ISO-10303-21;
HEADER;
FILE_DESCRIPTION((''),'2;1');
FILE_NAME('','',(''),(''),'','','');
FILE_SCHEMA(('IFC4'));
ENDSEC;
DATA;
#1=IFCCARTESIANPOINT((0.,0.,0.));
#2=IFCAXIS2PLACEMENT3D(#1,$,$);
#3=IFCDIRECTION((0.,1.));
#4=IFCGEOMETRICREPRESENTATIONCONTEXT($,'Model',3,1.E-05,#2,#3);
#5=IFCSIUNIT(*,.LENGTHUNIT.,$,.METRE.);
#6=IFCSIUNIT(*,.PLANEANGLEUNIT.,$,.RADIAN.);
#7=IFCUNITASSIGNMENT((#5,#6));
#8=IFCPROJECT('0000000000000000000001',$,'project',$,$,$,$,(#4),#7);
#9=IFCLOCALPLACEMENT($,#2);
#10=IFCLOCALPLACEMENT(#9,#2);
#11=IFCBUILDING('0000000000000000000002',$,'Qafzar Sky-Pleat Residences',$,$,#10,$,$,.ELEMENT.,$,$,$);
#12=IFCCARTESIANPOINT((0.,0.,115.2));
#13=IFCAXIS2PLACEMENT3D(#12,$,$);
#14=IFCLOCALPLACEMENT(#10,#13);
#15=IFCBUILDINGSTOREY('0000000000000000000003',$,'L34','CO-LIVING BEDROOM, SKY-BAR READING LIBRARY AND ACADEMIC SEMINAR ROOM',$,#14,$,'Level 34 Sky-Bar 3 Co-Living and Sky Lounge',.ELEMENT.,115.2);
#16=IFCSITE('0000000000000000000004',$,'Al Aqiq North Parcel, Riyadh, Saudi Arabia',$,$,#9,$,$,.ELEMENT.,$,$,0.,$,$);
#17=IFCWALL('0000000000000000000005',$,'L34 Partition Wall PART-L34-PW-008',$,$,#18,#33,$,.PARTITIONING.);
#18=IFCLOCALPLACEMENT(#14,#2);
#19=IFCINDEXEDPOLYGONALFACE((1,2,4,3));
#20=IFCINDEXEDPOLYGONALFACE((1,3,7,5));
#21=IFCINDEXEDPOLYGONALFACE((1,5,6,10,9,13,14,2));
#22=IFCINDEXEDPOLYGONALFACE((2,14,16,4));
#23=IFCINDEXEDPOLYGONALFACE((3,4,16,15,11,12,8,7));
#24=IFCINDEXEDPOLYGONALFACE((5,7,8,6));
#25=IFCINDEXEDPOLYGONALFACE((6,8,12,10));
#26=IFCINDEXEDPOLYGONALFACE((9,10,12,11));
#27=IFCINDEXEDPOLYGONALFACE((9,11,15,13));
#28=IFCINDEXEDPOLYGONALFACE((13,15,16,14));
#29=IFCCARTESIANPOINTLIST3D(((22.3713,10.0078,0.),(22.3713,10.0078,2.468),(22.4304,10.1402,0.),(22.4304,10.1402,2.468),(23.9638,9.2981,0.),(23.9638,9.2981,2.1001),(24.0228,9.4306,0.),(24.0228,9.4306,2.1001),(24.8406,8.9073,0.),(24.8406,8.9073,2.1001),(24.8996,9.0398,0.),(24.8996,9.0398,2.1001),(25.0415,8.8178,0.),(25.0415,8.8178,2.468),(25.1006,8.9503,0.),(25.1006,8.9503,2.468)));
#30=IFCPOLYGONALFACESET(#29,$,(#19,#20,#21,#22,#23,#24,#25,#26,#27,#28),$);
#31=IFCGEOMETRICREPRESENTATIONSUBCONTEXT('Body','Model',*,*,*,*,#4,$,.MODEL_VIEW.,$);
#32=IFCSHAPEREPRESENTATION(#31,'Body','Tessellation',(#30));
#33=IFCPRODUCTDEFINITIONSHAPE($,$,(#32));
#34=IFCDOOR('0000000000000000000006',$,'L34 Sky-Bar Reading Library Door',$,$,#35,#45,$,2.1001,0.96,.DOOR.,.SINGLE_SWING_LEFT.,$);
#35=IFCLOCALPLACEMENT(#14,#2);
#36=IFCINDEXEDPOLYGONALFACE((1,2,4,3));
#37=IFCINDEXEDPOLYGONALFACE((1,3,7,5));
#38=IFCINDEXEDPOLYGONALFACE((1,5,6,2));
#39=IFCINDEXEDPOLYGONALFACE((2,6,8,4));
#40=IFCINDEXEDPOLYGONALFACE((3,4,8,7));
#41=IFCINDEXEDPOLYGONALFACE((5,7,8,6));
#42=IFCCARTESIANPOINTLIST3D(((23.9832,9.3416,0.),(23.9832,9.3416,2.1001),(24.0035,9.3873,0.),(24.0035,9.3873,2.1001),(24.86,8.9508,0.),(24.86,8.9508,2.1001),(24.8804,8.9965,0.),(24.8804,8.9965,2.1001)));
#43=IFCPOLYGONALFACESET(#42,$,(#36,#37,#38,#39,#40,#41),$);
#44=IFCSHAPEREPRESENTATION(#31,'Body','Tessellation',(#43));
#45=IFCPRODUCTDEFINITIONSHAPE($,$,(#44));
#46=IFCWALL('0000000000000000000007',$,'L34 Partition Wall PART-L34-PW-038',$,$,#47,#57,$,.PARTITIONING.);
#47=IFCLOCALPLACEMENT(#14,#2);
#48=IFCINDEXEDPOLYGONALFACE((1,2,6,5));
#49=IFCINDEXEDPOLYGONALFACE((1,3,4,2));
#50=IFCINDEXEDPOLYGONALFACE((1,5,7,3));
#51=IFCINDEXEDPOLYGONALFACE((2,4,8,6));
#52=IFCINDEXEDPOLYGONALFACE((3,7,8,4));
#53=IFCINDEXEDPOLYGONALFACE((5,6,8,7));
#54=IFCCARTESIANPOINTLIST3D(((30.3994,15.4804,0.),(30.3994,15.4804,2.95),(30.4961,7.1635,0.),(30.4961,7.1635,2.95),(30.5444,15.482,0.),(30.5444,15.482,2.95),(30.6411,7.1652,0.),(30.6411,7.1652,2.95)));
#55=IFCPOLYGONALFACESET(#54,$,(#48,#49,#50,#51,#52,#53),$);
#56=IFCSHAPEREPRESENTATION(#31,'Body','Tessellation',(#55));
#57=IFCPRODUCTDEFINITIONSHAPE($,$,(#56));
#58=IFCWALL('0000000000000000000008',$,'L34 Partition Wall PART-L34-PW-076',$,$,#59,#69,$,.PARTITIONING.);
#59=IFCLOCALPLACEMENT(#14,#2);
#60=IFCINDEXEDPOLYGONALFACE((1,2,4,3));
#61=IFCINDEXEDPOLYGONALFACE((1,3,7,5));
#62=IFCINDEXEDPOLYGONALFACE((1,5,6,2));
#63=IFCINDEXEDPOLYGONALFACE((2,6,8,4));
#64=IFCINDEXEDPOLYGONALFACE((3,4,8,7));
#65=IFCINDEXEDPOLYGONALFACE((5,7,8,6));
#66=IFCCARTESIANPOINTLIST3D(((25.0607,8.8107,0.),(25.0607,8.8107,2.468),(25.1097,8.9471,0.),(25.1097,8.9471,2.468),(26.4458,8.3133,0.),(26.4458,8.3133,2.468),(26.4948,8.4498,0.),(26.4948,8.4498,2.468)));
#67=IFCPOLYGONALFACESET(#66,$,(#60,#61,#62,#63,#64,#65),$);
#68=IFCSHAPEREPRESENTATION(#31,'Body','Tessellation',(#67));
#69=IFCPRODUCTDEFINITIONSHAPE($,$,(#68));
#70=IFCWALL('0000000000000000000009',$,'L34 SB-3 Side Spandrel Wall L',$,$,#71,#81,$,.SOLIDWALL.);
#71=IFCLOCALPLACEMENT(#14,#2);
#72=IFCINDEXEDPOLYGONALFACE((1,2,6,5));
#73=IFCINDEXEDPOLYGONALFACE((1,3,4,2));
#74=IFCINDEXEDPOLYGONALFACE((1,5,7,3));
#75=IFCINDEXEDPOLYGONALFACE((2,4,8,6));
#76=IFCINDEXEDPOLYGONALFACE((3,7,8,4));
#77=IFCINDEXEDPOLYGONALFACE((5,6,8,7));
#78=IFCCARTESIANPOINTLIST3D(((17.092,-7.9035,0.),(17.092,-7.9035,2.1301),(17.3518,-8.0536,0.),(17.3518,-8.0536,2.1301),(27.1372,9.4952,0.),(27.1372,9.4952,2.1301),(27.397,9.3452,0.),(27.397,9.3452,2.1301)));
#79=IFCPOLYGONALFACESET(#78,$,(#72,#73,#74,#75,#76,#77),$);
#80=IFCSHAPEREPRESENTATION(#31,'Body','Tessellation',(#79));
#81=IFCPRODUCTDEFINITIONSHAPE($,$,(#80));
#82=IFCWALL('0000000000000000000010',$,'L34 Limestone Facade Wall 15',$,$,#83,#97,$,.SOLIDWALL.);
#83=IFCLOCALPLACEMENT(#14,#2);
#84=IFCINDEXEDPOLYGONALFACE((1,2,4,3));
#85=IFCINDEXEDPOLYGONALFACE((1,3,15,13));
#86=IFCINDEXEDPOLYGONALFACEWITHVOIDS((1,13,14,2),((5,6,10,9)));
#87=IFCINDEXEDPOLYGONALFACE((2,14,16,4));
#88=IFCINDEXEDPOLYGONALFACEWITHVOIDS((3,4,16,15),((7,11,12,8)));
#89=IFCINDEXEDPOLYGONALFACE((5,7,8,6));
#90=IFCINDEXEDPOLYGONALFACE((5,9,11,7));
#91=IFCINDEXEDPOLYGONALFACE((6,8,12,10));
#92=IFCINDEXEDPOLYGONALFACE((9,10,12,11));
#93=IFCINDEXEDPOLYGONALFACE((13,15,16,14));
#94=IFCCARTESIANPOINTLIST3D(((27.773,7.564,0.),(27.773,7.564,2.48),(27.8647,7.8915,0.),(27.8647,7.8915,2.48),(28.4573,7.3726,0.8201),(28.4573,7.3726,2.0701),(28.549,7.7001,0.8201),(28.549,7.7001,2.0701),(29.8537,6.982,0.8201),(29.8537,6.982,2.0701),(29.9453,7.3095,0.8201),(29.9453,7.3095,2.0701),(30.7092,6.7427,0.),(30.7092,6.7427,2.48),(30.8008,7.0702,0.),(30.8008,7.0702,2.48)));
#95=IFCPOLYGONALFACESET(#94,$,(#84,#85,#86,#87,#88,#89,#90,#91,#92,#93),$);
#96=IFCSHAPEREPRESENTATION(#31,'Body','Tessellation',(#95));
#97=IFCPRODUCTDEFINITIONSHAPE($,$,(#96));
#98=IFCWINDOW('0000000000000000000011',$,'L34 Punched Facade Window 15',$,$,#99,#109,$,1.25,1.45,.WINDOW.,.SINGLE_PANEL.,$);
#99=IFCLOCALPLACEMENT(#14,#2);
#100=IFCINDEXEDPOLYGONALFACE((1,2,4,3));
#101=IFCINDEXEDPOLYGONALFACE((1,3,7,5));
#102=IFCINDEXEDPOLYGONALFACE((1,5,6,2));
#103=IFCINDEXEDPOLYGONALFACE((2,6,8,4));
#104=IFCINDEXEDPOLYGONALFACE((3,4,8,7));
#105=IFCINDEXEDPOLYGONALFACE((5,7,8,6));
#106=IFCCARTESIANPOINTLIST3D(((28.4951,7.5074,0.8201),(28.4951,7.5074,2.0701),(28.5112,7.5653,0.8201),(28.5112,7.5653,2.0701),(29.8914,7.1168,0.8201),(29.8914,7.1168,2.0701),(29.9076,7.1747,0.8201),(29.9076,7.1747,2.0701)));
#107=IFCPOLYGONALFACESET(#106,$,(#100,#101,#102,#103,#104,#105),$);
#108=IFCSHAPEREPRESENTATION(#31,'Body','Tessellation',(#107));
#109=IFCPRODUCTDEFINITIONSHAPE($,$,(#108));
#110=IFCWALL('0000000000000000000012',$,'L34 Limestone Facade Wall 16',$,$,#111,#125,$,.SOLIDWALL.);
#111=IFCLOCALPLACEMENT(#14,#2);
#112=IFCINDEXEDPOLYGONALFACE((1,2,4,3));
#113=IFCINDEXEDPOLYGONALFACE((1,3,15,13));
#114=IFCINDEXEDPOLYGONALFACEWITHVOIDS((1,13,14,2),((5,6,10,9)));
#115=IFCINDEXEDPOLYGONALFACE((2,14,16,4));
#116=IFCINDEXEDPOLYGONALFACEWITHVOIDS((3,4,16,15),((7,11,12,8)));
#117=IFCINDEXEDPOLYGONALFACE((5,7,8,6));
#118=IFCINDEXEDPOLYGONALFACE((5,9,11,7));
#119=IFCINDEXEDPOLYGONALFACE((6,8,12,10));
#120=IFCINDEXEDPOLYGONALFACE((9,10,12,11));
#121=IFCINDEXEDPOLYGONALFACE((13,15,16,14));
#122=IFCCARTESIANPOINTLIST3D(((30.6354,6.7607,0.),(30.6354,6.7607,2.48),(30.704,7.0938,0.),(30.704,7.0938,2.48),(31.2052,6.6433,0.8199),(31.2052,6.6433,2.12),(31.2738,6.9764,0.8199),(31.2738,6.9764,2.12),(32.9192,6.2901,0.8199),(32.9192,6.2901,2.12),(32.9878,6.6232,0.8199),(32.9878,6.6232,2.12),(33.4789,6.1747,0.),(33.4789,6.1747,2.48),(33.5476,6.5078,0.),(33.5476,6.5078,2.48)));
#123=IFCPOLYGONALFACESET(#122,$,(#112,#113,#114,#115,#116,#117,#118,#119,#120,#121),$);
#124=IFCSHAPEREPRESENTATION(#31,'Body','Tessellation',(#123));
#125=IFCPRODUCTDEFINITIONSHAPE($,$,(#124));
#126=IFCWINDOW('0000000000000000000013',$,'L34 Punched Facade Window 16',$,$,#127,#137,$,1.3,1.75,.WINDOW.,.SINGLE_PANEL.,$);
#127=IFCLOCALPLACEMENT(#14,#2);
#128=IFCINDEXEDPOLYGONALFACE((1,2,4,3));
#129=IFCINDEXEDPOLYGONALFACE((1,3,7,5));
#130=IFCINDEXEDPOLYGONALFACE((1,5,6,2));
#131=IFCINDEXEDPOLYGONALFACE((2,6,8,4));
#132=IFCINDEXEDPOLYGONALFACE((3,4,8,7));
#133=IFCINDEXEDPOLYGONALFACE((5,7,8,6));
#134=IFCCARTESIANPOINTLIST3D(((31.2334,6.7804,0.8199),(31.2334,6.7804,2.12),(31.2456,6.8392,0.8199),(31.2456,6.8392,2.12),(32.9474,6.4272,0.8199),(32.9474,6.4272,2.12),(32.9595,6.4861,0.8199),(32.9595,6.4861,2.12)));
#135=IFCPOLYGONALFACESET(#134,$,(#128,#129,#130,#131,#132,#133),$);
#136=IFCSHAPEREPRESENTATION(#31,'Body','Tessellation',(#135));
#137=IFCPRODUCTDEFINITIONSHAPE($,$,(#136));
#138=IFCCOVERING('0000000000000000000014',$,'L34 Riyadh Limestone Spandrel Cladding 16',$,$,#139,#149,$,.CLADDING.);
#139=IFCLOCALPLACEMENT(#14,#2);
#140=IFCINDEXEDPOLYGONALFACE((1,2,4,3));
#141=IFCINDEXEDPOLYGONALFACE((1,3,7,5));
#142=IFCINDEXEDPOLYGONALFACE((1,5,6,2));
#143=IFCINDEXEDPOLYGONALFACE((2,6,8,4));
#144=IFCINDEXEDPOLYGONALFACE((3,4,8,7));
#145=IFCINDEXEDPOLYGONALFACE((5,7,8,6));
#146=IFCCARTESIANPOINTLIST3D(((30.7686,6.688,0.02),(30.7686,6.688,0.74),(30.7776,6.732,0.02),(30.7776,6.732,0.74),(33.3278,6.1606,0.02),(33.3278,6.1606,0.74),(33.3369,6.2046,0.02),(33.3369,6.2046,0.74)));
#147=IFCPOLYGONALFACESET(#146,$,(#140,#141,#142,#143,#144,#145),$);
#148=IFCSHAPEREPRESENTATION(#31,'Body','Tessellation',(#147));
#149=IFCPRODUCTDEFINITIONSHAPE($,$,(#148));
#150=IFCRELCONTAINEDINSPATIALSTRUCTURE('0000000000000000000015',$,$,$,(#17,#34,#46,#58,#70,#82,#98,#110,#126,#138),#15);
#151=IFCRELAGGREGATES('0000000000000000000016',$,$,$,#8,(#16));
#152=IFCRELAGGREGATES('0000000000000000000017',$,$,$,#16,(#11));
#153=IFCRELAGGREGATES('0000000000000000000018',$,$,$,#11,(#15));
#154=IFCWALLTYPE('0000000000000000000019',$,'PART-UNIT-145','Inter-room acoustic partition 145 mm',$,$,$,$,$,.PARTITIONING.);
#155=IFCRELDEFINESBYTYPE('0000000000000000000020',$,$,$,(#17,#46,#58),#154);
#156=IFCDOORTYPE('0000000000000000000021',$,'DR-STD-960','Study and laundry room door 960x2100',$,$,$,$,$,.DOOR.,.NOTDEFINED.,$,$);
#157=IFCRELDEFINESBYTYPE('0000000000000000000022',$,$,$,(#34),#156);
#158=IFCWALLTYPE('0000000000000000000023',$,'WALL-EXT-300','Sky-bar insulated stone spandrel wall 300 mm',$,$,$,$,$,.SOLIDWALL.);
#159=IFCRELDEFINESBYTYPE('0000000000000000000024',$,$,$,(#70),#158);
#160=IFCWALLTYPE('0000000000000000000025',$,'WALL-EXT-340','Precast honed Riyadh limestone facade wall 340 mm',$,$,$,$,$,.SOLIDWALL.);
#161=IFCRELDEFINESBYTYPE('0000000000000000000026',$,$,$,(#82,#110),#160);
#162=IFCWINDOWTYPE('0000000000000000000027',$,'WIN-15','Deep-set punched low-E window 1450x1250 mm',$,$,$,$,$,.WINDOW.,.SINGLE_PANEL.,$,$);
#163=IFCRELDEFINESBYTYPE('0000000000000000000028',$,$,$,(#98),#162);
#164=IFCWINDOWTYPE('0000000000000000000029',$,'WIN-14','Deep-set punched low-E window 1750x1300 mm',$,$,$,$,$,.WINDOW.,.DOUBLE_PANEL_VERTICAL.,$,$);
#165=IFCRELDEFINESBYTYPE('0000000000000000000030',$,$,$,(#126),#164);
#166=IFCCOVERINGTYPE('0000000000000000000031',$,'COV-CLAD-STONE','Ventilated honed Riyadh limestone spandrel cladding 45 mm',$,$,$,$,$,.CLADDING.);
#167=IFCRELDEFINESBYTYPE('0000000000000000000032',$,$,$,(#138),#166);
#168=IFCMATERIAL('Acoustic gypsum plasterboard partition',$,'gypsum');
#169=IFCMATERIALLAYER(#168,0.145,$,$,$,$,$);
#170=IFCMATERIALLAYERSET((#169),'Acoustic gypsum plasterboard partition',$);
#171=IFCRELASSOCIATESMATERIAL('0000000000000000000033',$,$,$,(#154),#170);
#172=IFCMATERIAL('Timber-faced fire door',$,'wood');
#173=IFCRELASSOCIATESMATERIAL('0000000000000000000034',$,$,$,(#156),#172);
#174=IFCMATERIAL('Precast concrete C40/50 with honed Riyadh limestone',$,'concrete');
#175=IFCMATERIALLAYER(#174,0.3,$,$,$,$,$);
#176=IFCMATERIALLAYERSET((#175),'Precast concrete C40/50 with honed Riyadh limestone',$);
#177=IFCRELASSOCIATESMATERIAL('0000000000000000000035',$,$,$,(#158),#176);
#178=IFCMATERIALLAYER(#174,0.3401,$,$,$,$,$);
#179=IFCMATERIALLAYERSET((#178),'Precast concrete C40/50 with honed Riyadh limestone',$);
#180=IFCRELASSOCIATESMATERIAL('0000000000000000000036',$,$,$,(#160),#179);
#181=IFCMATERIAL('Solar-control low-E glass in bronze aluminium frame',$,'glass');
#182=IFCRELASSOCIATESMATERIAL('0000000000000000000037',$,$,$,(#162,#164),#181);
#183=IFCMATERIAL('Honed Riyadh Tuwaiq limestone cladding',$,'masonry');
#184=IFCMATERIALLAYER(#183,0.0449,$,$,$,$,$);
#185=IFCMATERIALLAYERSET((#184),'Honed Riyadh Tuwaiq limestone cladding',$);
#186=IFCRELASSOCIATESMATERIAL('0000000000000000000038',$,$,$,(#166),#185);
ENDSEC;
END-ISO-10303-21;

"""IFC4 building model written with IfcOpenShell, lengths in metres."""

from ifc_helpers import new_model, si_unit, direction, frame, frame_2d, origin, origin_2d, place, context, subcontext, project, spatial, rectangle, extrude, source, transform, mapped, material, layer, layer_set, type_object, element, fill, save


model = new_model("IFC4")

# Units and contexts
model_context = context("Model", 3, precision=1e-05, world=origin(), true_north=direction((0.0, 1.0)))
body_context = subcontext(model_context, "Body", "Model", "MODEL_VIEW")
ifc_project = project(units=[si_unit("LENGTHUNIT", "METRE"), si_unit("PLANEANGLEUNIT", "RADIAN")], contexts=[model_context])

# Site, building, storey
site_placement = place(None, origin())
site = spatial("IfcSite", under=ifc_project, at=site_placement, Name="Al Aqiq North Parcel, Riyadh, Saudi Arabia", CompositionType="ELEMENT", RefElevation=0.0)
building_placement = place(site_placement, origin())
building = spatial("IfcBuilding", under=site, at=building_placement, Name="Qafzar Sky-Pleat Residences", CompositionType="ELEMENT")
storey_placement = place(building_placement, frame((0.0, 0.0, 115.2)))
storey = spatial("IfcBuildingStorey", under=building, at=storey_placement, Name="L34", Description="CO-LIVING BEDROOM, SKY-BAR READING LIBRARY AND ACADEMIC SEMINAR ROOM", LongName="Level 34 Sky-Bar 3 Co-Living and Sky Lounge", CompositionType="ELEMENT", Elevation=115.2)

# Wall, opening, door
ifc_material_1 = material(Name="Acoustic gypsum plasterboard partition", Category="gypsum")
ifc_layer_1 = layer(ifc_material_1, 0.145)
ifc_layer_set_1 = layer_set([ifc_layer_1], Name="Acoustic gypsum plasterboard partition")
wall_type_1 = type_object("IfcWallType", Name="PART-UNIT-145", Description="Inter-room acoustic partition 145 mm", PredefinedType="PARTITIONING", material=ifc_layer_set_1)
wall_1_placement = place(storey_placement, frame((25.071, 8.884, 0.0), z_axis=(0.0, 0.0, 1.0), x_axis=(-0.913405, 0.407053, 0.0)))
wall_1 = element("IfcWall", 1, at=wall_1_placement, inside=storey, type_object=wall_type_1, Name="L34 Partition Wall PART-L34-PW-008", PredefinedType="PARTITIONING", context=body_context, shape_type="SweptSolid", body=[
    extrude(rectangle(XDim=2.9233, YDim=0.145, at=frame_2d((1.4617, 0.0))), origin(), (0.0, 0.0, 1.0), 2.468),
])
opening_1_placement = place(wall_1_placement, frame((0.22, 0.0, 0.0)))
opening_1 = element("IfcOpeningElement", 2, at=opening_1_placement, cuts=wall_1, PredefinedType="OPENING", context=body_context, shape_type="SweptSolid", body=[
    extrude(rectangle(XDim=0.96, YDim=2.1001, at=frame_2d((0.48, 1.05))), frame((0.0, 0.0825, 0.0), z_axis=(0.0, -1.0, 0.0), x_axis=(1.0, 0.0, 0.0)), (0.0, 0.0, 1.0), 0.165),
])
ifc_material_2 = material(Name="Timber-faced fire door", Category="wood")
door_type = type_object("IfcDoorType", Name="DR-STD-960", Description="Study and laundry room door 960x2100", OperationType="NOTDEFINED", PredefinedType="DOOR", material=ifc_material_2)
shared_shape_1 = source(origin(), body_context, "Body", "SweptSolid", [
    extrude(rectangle(XDim=0.96, YDim=2.1001, at=frame_2d((0.48, 1.05))), frame((0.0, 0.0249, 0.0), z_axis=(0.0, -1.0, 0.0), x_axis=(1.0, 0.0, 0.0)), (0.0, 0.0, 1.0), 0.05),
])
door_placement = place(opening_1_placement, origin())
door = element("IfcDoor", 3, at=door_placement, inside=storey, type_object=door_type, Name="L34 Sky-Bar Reading Library Door", OperationType="SINGLE_SWING_LEFT", OverallHeight=2.1001, OverallWidth=0.96, PredefinedType="DOOR", context=body_context, shape_type="MappedRepresentation", body=[
    mapped(shared_shape_1, transform((0.0, 0.0, 0.0), x_axis=(1.0, 0.0, 0.0), y_axis=(0.0, 1.0, 0.0), z_axis=(0.0, 0.0, 1.0), scale=1.0)),
])
fill(opening_1, door)

# Walls
wall_2_placement = place(storey_placement, frame((30.4719, 15.4812, 0.0), z_axis=(0.0, 0.0, 1.0), x_axis=(0.011624, -0.999932, 0.0)))
element("IfcWall", 4, at=wall_2_placement, inside=storey, type_object=wall_type_1, Name="L34 Partition Wall PART-L34-PW-038", PredefinedType="PARTITIONING", context=body_context, shape_type="SweptSolid", body=[
    extrude(rectangle(XDim=8.3174, YDim=0.145, at=frame_2d((4.1587, 0.0))), origin(), (0.0, 0.0, 1.0), 2.95),
])
wall_3_placement = place(storey_placement, frame((25.0852, 8.8789, 0.0), z_axis=(0.0, 0.0, 1.0), x_axis=(0.941166, -0.337944, 0.0)))
element("IfcWall", 5, at=wall_3_placement, inside=storey, type_object=wall_type_1, Name="L34 Partition Wall PART-L34-PW-076", PredefinedType="PARTITIONING", context=body_context, shape_type="SweptSolid", body=[
    extrude(rectangle(XDim=1.4717, YDim=0.145, at=frame_2d((0.7358, 0.0))), origin(), (0.0, 0.0, 1.0), 2.468),
])
ifc_material_3 = material(Name="Precast concrete C40/50 with honed Riyadh limestone", Category="concrete")
ifc_layer_2 = layer(ifc_material_3, 0.3)
ifc_layer_set_2 = layer_set([ifc_layer_2], Name="Precast concrete C40/50 with honed Riyadh limestone")
wall_type_2 = type_object("IfcWallType", Name="WALL-EXT-300", Description="Sky-bar insulated stone spandrel wall 300 mm", PredefinedType="SOLIDWALL", material=ifc_layer_set_2)
wall_4_placement = place(storey_placement, frame((27.2671, 9.4202, 0.0), z_axis=(0.0, 0.0, 1.0), x_axis=(-0.500001, -0.866025, 0.0)))
element("IfcWall", 6, at=wall_4_placement, inside=storey, type_object=wall_type_2, Name="L34 SB-3 Side Spandrel Wall L", PredefinedType="SOLIDWALL", context=body_context, shape_type="SweptSolid", body=[
    extrude(rectangle(XDim=20.0903, YDim=0.3, at=frame_2d((10.0452, 0.0))), origin(), (0.0, 0.0, 1.0), 2.1301),
])

# Walls, openings, windows
ifc_layer_3 = layer(ifc_material_3, 0.3401)
ifc_layer_set_3 = layer_set([ifc_layer_3], Name="Precast concrete C40/50 with honed Riyadh limestone")
wall_type_3 = type_object("IfcWallType", Name="WALL-EXT-340", Description="Precast honed Riyadh limestone facade wall 340 mm", PredefinedType="SOLIDWALL", material=ifc_layer_set_3)
wall_5_placement = place(storey_placement, frame((27.8188, 7.7278, 0.0), z_axis=(0.0, 0.0, 1.0), x_axis=(0.963032, -0.269386, 0.0)))
wall_5 = element("IfcWall", 7, at=wall_5_placement, inside=storey, type_object=wall_type_3, Name="L34 Limestone Facade Wall 15", PredefinedType="SOLIDWALL", context=body_context, shape_type="SweptSolid", body=[
    extrude(rectangle(XDim=3.0488, YDim=0.3401, at=frame_2d((1.5244, 0.0))), origin(), (0.0, 0.0, 1.0), 2.48),
])
opening_2_placement = place(wall_5_placement, frame((0.7104, 0.0, 0.8201)))
opening_2 = element("IfcOpeningElement", 8, at=opening_2_placement, cuts=wall_5, PredefinedType="OPENING", context=body_context, shape_type="SweptSolid", body=[
    extrude(rectangle(XDim=1.45, YDim=1.25, at=frame_2d((0.7251, 0.625))), frame((0.0, 0.1802, 0.0), z_axis=(0.0, -1.0, 0.0), x_axis=(1.0, 0.0, 0.0)), (0.0, 0.0, 1.0), 0.3601),
])
ifc_material_4 = material(Name="Solar-control low-E glass in bronze aluminium frame", Category="glass")
window_type_1 = type_object("IfcWindowType", Name="WIN-15", Description="Deep-set punched low-E window 1450x1250 mm", PartitioningType="SINGLE_PANEL", PredefinedType="WINDOW", material=ifc_material_4)
shared_shape_2 = source(origin(), body_context, "Body", "SweptSolid", [
    extrude(rectangle(XDim=1.45, YDim=1.25, at=frame_2d((0.7251, 0.625))), frame((0.0, 0.03, 0.0), z_axis=(0.0, -1.0, 0.0), x_axis=(1.0, 0.0, 0.0)), (0.0, 0.0, 1.0), 0.0601),
])
window_1_placement = place(opening_2_placement, origin())
window_1 = element("IfcWindow", 9, at=window_1_placement, inside=storey, type_object=window_type_1, Name="L34 Punched Facade Window 15", OverallHeight=1.25, OverallWidth=1.45, PartitioningType="SINGLE_PANEL", PredefinedType="WINDOW", context=body_context, shape_type="MappedRepresentation", body=[
    mapped(shared_shape_2, transform((0.0, 0.0, 0.0), x_axis=(1.0, 0.0, 0.0), y_axis=(0.0, 1.0, 0.0), z_axis=(0.0, 0.0, 1.0), scale=1.0)),
])
fill(opening_2, window_1)
wall_6_placement = place(storey_placement, frame((30.6697, 6.9272, 0.0), z_axis=(0.0, 0.0, 1.0), x_axis=(0.979422, -0.201821, 0.0)))
wall_6 = element("IfcWall", 10, at=wall_6_placement, inside=storey, type_object=wall_type_3, Name="L34 Limestone Facade Wall 16", PredefinedType="SOLIDWALL", context=body_context, shape_type="SweptSolid", body=[
    extrude(rectangle(XDim=2.9033, YDim=0.3401, at=frame_2d((1.4517, 0.0))), origin(), (0.0, 0.0, 1.0), 2.48),
])
opening_3_placement = place(wall_6_placement, frame((0.5818, 0.0, 0.8201)))
opening_3 = element("IfcOpeningElement", 11, at=opening_3_placement, cuts=wall_6, PredefinedType="OPENING", context=body_context, shape_type="SweptSolid", body=[
    extrude(rectangle(XDim=1.75, YDim=1.3, at=frame_2d((0.875, 0.6499))), frame((0.0, 0.1802, 0.0), z_axis=(0.0, -1.0, 0.0), x_axis=(1.0, 0.0, 0.0)), (0.0, 0.0, 1.0), 0.3601),
])
window_type_2 = type_object("IfcWindowType", Name="WIN-14", Description="Deep-set punched low-E window 1750x1300 mm", PartitioningType="DOUBLE_PANEL_VERTICAL", PredefinedType="WINDOW", material=ifc_material_4)
shared_shape_3 = source(origin(), body_context, "Body", "SweptSolid", [
    extrude(rectangle(XDim=1.75, YDim=1.3, at=frame_2d((0.875, 0.6499))), frame((0.0, 0.03, 0.0), z_axis=(0.0, -1.0, 0.0), x_axis=(1.0, 0.0, 0.0)), (0.0, 0.0, 1.0), 0.0601),
])
window_2_placement = place(opening_3_placement, origin())
window_2 = element("IfcWindow", 12, at=window_2_placement, inside=storey, type_object=window_type_2, Name="L34 Punched Facade Window 16", OverallHeight=1.3, OverallWidth=1.75, PartitioningType="SINGLE_PANEL", PredefinedType="WINDOW", context=body_context, shape_type="MappedRepresentation", body=[
    mapped(shared_shape_3, transform((0.0, 0.0, 0.0), x_axis=(1.0, 0.0, 0.0), y_axis=(0.0, 1.0, 0.0), z_axis=(0.0, 0.0, 1.0), scale=1.0)),
])
fill(opening_3, window_2)

# Covering
ifc_material_5 = material(Name="Honed Riyadh Tuwaiq limestone cladding", Category="masonry")
ifc_layer_4 = layer(ifc_material_5, 0.0449)
ifc_layer_set_4 = layer_set([ifc_layer_4], Name="Honed Riyadh Tuwaiq limestone cladding")
covering_type = type_object("IfcCoveringType", Name="COV-CLAD-STONE", Description="Ventilated honed Riyadh limestone spandrel cladding 45 mm", PredefinedType="CLADDING", material=ifc_layer_set_4)
shared_shape_4 = source(origin(), body_context, "Body", "SweptSolid", [
    extrude(rectangle(XDim=2.613, YDim=0.0449, at=origin_2d()), origin(), (0.0, 0.0, 1.0), 0.72),
])
covering_placement = place(storey_placement, frame((32.0527, 6.4463, 0.02), z_axis=(0.0, 0.0, 1.0), x_axis=(0.979421, -0.201829, 0.0)))
element("IfcCovering", 13, at=covering_placement, inside=storey, type_object=covering_type, Name="L34 Riyadh Limestone Spandrel Cladding 16", PredefinedType="CLADDING", context=body_context, shape_type="MappedRepresentation", body=[
    mapped(shared_shape_4, transform((0.0, 0.0, 0.0), x_axis=(1.0, 0.0, 0.0), y_axis=(0.0, 1.0, 0.0), z_axis=(0.0, 0.0, 1.0), scale=1.0)),
])

save(model, "model.ifc")
